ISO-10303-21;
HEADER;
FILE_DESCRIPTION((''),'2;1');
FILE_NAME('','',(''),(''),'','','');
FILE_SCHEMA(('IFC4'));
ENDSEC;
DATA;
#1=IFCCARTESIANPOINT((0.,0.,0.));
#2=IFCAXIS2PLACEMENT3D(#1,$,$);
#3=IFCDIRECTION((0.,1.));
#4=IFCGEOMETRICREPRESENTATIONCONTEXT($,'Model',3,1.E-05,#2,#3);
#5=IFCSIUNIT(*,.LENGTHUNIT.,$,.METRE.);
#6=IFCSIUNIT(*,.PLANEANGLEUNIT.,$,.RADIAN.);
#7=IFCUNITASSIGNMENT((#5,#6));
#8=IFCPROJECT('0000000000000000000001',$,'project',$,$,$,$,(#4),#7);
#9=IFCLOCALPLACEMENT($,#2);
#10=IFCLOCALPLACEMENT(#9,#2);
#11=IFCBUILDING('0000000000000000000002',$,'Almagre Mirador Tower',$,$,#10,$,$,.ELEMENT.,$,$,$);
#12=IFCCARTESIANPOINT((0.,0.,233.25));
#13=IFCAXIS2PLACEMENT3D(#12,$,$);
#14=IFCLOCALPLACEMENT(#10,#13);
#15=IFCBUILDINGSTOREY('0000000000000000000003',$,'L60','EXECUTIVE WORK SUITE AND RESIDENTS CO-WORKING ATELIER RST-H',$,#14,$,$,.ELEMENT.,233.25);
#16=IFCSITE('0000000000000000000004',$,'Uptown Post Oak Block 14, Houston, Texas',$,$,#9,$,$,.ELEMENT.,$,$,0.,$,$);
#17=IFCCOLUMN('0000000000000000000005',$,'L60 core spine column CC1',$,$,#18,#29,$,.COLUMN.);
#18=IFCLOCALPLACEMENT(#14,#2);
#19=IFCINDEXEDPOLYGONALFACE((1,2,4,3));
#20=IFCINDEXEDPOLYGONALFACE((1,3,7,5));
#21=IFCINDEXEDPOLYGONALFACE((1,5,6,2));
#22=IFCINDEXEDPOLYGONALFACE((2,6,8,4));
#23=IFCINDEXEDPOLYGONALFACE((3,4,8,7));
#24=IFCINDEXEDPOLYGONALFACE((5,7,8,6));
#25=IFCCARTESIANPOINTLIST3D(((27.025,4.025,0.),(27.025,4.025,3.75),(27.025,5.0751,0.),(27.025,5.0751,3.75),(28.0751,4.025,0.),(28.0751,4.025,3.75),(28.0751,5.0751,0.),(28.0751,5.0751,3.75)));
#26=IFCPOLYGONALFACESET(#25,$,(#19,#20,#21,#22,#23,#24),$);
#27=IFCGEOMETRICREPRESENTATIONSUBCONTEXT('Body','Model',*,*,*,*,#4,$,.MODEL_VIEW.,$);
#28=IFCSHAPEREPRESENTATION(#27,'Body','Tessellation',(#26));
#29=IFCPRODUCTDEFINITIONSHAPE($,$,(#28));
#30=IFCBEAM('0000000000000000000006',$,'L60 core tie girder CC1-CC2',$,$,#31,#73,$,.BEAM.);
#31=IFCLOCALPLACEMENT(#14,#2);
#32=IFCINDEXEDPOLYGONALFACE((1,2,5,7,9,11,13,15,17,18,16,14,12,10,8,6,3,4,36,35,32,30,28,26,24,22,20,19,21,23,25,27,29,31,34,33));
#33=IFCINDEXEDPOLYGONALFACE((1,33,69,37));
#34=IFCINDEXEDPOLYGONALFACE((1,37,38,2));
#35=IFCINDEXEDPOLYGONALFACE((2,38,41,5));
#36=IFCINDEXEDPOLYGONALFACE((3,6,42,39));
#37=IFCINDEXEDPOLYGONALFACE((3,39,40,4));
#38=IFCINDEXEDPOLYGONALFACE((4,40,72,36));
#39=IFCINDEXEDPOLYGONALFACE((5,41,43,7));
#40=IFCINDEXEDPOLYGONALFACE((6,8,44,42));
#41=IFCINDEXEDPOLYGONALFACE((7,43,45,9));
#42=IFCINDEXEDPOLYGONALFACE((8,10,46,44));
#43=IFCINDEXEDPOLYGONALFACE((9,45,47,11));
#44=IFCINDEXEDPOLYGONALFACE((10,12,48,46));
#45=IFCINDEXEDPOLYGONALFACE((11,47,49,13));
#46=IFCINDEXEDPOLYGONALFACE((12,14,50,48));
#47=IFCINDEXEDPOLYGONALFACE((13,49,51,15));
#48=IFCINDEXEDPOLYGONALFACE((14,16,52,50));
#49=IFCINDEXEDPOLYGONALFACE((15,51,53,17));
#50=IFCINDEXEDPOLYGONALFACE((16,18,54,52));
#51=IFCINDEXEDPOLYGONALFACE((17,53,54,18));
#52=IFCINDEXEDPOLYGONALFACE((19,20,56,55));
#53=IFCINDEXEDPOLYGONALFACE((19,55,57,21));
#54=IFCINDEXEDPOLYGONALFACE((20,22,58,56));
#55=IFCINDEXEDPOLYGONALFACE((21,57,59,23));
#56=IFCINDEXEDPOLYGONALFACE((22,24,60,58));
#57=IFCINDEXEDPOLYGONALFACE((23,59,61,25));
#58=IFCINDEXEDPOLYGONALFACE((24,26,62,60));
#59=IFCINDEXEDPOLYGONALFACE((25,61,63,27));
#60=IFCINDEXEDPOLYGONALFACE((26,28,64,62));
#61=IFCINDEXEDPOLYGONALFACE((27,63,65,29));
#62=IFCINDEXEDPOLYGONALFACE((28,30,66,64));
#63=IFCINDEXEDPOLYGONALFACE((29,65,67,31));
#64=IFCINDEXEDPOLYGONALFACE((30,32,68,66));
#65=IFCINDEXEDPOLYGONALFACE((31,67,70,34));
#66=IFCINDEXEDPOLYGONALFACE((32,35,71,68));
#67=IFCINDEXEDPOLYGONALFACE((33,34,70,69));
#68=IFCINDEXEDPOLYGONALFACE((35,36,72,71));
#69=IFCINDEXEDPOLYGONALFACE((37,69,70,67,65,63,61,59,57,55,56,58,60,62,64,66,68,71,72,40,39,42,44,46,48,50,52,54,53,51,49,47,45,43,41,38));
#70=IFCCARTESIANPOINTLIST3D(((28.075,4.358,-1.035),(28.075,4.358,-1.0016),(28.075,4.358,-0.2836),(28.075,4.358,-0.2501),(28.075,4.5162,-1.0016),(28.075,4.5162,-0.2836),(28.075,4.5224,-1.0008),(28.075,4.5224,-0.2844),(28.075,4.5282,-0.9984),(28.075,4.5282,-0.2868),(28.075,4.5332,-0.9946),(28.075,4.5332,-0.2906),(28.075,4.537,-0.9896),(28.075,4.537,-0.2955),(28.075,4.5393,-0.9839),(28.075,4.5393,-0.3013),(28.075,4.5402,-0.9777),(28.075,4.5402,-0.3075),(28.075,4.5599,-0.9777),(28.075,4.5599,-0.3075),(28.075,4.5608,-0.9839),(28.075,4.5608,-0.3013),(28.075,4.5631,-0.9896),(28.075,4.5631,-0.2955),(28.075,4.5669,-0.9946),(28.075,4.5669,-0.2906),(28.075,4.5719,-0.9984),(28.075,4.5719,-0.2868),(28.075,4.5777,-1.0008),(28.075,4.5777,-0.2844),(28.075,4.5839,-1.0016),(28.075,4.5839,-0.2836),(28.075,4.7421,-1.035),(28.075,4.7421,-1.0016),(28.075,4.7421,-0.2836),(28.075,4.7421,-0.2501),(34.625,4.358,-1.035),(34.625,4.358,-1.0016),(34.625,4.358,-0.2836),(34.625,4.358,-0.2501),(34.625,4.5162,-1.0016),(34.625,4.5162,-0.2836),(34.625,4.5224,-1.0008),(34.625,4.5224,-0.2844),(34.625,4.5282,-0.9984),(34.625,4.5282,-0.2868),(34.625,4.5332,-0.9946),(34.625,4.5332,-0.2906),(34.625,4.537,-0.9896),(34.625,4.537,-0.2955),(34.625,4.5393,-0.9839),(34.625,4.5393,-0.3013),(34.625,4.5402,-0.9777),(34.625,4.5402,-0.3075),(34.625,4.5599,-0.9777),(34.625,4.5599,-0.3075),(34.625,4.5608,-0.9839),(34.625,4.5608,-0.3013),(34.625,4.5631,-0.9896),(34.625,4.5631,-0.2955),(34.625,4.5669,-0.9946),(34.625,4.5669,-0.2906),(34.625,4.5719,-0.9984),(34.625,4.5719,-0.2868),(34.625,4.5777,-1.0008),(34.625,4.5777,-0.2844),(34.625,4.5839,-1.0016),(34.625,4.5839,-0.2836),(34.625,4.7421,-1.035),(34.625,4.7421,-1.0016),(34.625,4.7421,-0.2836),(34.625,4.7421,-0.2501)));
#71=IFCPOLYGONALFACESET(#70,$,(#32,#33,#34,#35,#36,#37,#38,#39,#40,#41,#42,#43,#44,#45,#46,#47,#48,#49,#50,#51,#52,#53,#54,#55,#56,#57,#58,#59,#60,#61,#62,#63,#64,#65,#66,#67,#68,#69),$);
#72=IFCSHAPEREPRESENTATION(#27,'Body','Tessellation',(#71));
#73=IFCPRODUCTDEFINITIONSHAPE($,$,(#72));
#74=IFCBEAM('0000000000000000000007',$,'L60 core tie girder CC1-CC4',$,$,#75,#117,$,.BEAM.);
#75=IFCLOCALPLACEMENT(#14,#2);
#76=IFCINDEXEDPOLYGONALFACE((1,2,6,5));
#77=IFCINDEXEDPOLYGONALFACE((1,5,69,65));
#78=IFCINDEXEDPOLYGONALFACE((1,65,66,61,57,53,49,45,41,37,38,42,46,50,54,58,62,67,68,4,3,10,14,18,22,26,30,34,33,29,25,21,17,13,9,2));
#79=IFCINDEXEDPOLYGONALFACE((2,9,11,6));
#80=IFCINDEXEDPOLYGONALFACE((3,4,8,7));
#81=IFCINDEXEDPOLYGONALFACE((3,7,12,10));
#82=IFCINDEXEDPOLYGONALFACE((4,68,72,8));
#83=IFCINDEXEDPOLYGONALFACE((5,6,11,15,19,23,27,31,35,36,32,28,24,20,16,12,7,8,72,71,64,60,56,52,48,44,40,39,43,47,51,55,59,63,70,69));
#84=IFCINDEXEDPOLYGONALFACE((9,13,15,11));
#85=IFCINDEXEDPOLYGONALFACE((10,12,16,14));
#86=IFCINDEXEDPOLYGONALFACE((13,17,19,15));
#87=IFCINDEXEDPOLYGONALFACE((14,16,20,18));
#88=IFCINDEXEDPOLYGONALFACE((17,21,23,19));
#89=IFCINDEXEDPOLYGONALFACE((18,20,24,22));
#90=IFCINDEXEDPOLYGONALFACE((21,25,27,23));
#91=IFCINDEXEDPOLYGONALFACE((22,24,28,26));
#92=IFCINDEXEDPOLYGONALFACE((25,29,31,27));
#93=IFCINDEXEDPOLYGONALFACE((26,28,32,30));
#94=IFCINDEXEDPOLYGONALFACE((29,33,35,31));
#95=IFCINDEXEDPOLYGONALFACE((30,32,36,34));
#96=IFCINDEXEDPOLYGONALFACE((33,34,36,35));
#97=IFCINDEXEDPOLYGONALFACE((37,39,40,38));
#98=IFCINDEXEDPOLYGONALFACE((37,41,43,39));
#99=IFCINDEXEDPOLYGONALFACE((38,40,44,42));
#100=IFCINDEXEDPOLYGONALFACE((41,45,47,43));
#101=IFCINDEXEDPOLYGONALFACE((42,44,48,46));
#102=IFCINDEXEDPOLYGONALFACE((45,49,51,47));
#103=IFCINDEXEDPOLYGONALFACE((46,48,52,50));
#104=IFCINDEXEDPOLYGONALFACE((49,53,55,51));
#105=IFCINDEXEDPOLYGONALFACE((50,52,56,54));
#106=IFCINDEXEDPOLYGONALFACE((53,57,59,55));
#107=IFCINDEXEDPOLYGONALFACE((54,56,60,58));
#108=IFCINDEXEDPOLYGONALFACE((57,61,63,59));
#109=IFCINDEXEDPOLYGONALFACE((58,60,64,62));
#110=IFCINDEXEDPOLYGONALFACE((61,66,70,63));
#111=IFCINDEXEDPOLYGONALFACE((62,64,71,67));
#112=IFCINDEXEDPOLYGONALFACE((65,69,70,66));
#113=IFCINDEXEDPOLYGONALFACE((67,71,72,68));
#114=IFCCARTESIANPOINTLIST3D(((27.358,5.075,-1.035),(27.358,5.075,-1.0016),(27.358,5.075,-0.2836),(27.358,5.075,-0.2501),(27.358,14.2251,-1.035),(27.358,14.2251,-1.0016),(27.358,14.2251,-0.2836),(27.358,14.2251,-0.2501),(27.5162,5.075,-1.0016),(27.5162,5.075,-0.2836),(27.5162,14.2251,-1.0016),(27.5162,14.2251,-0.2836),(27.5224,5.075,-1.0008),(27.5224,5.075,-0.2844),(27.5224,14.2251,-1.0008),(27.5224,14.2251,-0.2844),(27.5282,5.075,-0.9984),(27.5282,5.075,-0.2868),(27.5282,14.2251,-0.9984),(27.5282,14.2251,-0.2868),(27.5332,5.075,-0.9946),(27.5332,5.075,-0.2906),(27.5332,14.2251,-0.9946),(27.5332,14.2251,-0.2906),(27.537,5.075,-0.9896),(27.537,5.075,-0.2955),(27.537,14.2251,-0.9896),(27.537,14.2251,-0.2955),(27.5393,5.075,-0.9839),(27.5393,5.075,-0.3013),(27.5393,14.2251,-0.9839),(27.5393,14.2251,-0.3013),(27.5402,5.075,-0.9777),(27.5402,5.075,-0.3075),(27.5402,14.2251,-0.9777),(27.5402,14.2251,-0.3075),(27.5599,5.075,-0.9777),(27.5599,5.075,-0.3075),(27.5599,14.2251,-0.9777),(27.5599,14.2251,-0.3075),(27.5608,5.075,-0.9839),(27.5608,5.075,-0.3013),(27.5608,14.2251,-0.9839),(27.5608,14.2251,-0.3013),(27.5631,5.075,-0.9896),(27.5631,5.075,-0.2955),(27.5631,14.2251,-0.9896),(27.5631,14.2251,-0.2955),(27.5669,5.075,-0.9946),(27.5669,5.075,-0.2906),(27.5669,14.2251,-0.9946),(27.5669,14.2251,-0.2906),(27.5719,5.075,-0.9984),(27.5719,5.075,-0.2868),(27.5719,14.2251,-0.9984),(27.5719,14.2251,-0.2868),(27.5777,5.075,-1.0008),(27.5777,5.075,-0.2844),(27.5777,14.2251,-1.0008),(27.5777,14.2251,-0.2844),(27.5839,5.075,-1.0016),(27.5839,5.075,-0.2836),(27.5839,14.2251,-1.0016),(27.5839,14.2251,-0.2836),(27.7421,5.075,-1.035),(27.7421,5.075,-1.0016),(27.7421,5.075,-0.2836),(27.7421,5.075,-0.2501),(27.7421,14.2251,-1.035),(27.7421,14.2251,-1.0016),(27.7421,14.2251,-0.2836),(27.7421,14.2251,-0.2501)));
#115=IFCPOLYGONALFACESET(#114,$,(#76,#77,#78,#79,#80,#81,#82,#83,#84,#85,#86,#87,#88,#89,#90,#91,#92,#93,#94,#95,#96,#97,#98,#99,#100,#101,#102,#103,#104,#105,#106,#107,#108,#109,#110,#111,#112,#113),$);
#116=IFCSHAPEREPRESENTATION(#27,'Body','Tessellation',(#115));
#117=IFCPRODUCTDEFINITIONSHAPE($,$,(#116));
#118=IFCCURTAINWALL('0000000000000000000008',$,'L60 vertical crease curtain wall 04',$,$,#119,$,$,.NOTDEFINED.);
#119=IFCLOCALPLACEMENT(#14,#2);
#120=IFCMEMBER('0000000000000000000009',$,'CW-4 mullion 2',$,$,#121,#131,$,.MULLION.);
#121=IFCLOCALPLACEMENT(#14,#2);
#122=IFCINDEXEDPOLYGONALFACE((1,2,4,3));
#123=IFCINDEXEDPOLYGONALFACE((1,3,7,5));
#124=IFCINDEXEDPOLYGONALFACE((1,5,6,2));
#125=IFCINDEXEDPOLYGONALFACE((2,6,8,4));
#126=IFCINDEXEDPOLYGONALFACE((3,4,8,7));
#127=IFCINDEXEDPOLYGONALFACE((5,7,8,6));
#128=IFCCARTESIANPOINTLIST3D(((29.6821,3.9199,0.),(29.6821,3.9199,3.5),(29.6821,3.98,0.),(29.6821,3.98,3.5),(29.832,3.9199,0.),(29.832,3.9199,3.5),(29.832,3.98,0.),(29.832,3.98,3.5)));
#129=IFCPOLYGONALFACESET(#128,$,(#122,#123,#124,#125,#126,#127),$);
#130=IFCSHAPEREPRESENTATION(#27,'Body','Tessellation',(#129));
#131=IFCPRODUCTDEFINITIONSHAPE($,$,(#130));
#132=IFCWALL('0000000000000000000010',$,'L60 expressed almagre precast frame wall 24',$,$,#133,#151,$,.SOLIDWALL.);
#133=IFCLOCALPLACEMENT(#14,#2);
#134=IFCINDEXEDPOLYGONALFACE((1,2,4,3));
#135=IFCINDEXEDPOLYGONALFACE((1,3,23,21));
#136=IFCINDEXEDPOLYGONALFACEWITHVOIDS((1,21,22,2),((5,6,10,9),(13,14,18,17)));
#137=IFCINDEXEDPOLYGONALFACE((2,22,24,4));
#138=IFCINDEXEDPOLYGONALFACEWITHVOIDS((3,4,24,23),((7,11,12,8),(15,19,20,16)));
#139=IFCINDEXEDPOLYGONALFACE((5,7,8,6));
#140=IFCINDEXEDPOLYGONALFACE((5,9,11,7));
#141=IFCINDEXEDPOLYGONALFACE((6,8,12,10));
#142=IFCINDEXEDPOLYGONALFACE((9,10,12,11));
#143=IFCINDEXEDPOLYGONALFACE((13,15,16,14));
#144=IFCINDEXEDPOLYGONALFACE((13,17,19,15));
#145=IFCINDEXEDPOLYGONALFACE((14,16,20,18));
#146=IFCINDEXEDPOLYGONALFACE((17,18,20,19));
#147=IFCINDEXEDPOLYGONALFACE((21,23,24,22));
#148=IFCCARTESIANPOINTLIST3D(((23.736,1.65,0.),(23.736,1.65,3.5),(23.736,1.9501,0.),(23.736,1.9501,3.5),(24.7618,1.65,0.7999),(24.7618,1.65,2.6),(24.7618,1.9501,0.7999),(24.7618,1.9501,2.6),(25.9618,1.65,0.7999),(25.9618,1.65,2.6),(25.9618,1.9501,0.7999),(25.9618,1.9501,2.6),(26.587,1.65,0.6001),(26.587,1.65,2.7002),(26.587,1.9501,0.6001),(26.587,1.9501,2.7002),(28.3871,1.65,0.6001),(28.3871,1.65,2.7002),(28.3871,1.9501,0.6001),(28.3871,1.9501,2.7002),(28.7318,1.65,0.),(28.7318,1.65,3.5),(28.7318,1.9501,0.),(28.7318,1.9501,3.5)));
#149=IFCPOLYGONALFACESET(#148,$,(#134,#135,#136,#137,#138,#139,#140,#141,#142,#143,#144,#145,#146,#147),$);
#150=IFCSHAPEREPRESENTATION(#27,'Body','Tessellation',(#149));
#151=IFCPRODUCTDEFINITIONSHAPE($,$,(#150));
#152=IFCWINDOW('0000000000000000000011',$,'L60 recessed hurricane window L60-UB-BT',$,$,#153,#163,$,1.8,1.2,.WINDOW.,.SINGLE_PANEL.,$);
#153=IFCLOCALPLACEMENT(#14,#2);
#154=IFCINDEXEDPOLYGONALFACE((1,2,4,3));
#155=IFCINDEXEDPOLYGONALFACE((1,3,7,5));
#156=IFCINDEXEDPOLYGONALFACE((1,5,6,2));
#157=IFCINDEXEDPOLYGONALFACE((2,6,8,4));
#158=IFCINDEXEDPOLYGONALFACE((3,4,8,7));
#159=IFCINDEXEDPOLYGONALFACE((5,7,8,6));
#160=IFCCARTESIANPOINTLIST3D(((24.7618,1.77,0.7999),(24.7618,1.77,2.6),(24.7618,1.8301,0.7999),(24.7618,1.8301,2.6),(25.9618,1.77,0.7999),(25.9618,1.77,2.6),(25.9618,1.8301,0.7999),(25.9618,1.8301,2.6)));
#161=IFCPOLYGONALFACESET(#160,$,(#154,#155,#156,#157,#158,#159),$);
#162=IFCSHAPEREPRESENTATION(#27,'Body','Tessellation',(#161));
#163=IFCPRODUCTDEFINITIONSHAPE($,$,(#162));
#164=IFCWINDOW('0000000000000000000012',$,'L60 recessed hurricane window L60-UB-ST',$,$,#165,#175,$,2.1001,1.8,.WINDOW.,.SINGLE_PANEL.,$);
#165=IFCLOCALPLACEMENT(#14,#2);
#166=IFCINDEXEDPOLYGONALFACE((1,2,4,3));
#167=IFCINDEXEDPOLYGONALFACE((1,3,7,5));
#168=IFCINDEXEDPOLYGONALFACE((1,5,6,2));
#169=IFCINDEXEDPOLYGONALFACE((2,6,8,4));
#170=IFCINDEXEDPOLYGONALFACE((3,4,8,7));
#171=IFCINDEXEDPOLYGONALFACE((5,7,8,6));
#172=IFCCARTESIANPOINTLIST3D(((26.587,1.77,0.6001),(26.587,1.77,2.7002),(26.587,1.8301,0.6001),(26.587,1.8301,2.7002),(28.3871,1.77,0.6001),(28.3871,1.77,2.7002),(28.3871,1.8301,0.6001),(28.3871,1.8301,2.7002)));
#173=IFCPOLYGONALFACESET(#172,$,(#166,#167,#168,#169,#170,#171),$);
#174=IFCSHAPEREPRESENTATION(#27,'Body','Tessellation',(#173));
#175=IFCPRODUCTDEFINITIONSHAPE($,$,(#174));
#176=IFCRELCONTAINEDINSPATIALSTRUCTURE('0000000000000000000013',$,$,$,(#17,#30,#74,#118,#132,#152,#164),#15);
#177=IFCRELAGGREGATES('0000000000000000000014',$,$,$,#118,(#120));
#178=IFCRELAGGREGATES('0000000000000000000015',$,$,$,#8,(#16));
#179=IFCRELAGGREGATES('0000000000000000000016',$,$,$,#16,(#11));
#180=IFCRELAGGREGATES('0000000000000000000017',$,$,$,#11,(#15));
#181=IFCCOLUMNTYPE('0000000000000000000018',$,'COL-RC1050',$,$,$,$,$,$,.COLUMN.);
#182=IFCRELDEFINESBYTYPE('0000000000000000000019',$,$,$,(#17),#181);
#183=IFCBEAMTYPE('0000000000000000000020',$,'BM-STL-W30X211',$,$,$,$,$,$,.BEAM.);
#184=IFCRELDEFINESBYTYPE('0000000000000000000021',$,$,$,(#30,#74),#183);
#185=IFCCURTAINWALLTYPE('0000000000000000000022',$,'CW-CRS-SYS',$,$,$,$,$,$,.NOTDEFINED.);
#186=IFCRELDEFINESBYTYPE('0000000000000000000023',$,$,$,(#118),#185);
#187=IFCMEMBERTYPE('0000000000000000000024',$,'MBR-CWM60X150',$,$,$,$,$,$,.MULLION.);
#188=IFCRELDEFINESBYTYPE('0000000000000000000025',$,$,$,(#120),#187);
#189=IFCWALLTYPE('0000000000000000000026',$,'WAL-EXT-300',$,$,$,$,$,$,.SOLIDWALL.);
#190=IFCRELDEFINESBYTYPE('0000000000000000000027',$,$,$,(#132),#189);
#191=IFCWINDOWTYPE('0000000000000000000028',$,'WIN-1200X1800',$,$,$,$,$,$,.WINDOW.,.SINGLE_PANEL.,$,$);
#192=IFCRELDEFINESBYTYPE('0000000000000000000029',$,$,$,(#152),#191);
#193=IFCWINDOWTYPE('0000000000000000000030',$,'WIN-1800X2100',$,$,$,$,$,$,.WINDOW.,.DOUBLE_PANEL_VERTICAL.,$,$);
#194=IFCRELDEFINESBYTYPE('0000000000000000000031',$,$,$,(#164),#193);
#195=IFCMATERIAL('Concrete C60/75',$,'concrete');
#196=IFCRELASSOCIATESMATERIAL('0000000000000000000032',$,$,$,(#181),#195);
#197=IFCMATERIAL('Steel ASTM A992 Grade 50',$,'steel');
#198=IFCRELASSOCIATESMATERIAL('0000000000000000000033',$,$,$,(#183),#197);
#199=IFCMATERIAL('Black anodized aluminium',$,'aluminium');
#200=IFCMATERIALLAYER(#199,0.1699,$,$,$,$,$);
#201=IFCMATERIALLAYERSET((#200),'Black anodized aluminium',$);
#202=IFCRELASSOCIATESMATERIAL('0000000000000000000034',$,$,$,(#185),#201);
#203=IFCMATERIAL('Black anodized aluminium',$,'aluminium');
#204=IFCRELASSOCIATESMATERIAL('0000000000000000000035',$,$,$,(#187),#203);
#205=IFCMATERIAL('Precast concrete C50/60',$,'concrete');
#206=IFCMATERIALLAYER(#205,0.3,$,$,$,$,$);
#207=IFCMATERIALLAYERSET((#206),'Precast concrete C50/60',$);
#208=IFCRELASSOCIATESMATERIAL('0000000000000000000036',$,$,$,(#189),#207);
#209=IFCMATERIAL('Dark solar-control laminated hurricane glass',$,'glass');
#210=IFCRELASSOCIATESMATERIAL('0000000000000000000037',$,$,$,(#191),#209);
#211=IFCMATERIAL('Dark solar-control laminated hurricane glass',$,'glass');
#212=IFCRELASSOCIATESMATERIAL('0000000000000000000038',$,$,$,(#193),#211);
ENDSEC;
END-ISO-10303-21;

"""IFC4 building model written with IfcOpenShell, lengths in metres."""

from ifc_helpers import new_model, si_unit, direction, frame, frame_2d, origin, origin_2d, place, context, subcontext, project, spatial, rectangle, i_section, extrude, material, layer, layer_set, material_profile, profile_set, type_object, element, fill, aggregate, save


model = new_model("IFC4")

# Units and contexts
model_context = context("Model", 3, precision=1e-05, world=origin(), true_north=direction((0.0, 1.0)))
body_context = subcontext(model_context, "Body", "Model", "MODEL_VIEW")
ifc_project = project(units=[si_unit("LENGTHUNIT", "METRE"), si_unit("PLANEANGLEUNIT", "RADIAN")], contexts=[model_context])

# Site, building, storey
site_placement = place(None, origin())
site = spatial("IfcSite", under=ifc_project, at=site_placement, Name="Uptown Post Oak Block 14, Houston, Texas", CompositionType="ELEMENT", RefElevation=0.0)
building_placement = place(site_placement, origin())
building = spatial("IfcBuilding", under=site, at=building_placement, Name="Almagre Mirador Tower", CompositionType="ELEMENT")
storey_placement = place(building_placement, frame((0.0, 0.0, 233.25)))
storey = spatial("IfcBuildingStorey", under=building, at=storey_placement, Name="L60", Description="EXECUTIVE WORK SUITE AND RESIDENTS CO-WORKING ATELIER RST-H", CompositionType="ELEMENT", Elevation=233.25)

# Column
ifc_material_1 = material(Name="Concrete C60/75", Category="concrete")
ifc_material_profile_1 = material_profile(ifc_material_1, rectangle(XDim=1.05, YDim=1.05, at=origin_2d()), Name="RC1050X1050")
ifc_profile_set_1 = profile_set([ifc_material_profile_1], Name="Concrete C60/75")
column_type = type_object("IfcColumnType", Name="COL-RC1050", PredefinedType="COLUMN", material=ifc_profile_set_1)
column_placement = place(storey_placement, frame((27.55, 4.55, 0.0), z_axis=(0.0, 0.0, 1.0), x_axis=(1.0, 0.0, 0.0)))
element("IfcColumn", 1, at=column_placement, inside=storey, type_object=column_type, Name="L60 core spine column CC1", PredefinedType="COLUMN", context=body_context, shape_type="SweptSolid", body=[
    extrude(rectangle(XDim=1.05, YDim=1.05, at=origin_2d()), origin(), (0.0, 0.0, 1.0), 3.75),
])

# Beams
ifc_material_2 = material(Name="Steel ASTM A992 Grade 50", Category="steel")
ifc_material_profile_2 = material_profile(ifc_material_2, i_section(OverallWidth=0.384, OverallDepth=0.7849, WebThickness=0.0198, FlangeThickness=0.0334, FilletRadius=0.0239, at=origin_2d()), Name="W30X211")
ifc_profile_set_2 = profile_set([ifc_material_profile_2], Name="Steel ASTM A992 Grade 50")
beam_type = type_object("IfcBeamType", Name="BM-STL-W30X211", PredefinedType="BEAM", material=ifc_profile_set_2)
beam_1_placement = place(storey_placement, frame((28.075, 4.55, -0.6426), z_axis=(1.0, 0.0, 0.0), x_axis=(0.0, 1.0, 0.0)))
element("IfcBeam", 2, at=beam_1_placement, inside=storey, type_object=beam_type, Name="L60 core tie girder CC1-CC2", PredefinedType="BEAM", context=body_context, shape_type="SweptSolid", body=[
    extrude(i_section(OverallWidth=0.384, OverallDepth=0.7849, WebThickness=0.0198, FlangeThickness=0.0334, FilletRadius=0.0239, at=origin_2d()), origin(), (0.0, 0.0, 1.0), 6.55),
])
beam_2_placement = place(storey_placement, frame((27.55, 5.075, -0.6426), z_axis=(0.0, 1.0, 0.0), x_axis=(-1.0, 0.0, 0.0)))
element("IfcBeam", 3, at=beam_2_placement, inside=storey, type_object=beam_type, Name="L60 core tie girder CC1-CC4", PredefinedType="BEAM", context=body_context, shape_type="SweptSolid", body=[
    extrude(i_section(OverallWidth=0.384, OverallDepth=0.7849, WebThickness=0.0198, FlangeThickness=0.0334, FilletRadius=0.0239, at=origin_2d()), origin(), (0.0, 0.0, 1.0), 9.1501),
])

# Curtain wall, member
ifc_material_3 = material(Name="Black anodized aluminium", Category="aluminium")
ifc_layer_1 = layer(ifc_material_3, 0.1699)
ifc_layer_set_1 = layer_set([ifc_layer_1], Name="Black anodized aluminium")
curtain_wall_type = type_object("IfcCurtainWallType", Name="CW-CRS-SYS", PredefinedType="NOTDEFINED", material=ifc_layer_set_1)
curtain_wall_placement = place(storey_placement, origin())
curtain_wall = element("IfcCurtainWall", 4, at=curtain_wall_placement, inside=storey, type_object=curtain_wall_type, Name="L60 vertical crease curtain wall 04", PredefinedType="NOTDEFINED")
ifc_material_4 = material(Name="Black anodized aluminium", Category="aluminium")
ifc_material_profile_3 = material_profile(ifc_material_4, rectangle(XDim=0.0601, YDim=0.1499, at=origin_2d()), Name="CWM60X150")
ifc_profile_set_3 = profile_set([ifc_material_profile_3], Name="Black anodized aluminium")
member_type = type_object("IfcMemberType", Name="MBR-CWM60X150", PredefinedType="MULLION", material=ifc_profile_set_3)
member_placement = place(storey_placement, frame((29.7571, 3.95, 0.0), z_axis=(0.0, 0.0, 1.0), x_axis=(0.0, -1.0, 0.0)))
member = element("IfcMember", 5, at=member_placement, type_object=member_type, Name="CW-4 mullion 2", PredefinedType="MULLION", context=body_context, shape_type="SweptSolid", body=[
    extrude(rectangle(XDim=0.0601, YDim=0.1499, at=origin_2d()), origin(), (0.0, 0.0, 1.0), 3.5),
])
aggregate(curtain_wall, [member])

# Wall, openings, windows
ifc_material_5 = material(Name="Precast concrete C50/60", Category="concrete")
ifc_layer_2 = layer(ifc_material_5, 0.3)
ifc_layer_set_2 = layer_set([ifc_layer_2], Name="Precast concrete C50/60")
wall_type_1 = type_object("IfcWallType", Name="WAL-EXT-300", PredefinedType="SOLIDWALL", material=ifc_layer_set_2)
wall_1_placement = place(storey_placement, frame((28.7319, 1.8, 0.0), z_axis=(0.0, 0.0, 1.0), x_axis=(-1.0, 0.0, 0.0)))
wall_1 = element("IfcWall", 6, at=wall_1_placement, inside=storey, type_object=wall_type_1, Name="L60 expressed almagre precast frame wall 24", PredefinedType="SOLIDWALL", context=body_context, shape_type="SweptSolid", body=[
    extrude(rectangle(XDim=4.9958, YDim=0.3, at=frame_2d((2.498, 0.0))), origin(), (0.0, 0.0, 1.0), 3.5),
])
opening_1_placement = place(wall_1_placement, frame((0.345, 0.0, 0.6001)))
opening_1 = element("IfcOpeningElement", 7, at=opening_1_placement, cuts=wall_1, PredefinedType="OPENING", context=body_context, shape_type="SweptSolid", body=[
    extrude(rectangle(XDim=1.8, YDim=2.1001, at=frame_2d((0.8999, 1.05))), frame((0.0, 0.1599, 0.0), z_axis=(0.0, -1.0, 0.0), x_axis=(1.0, 0.0, 0.0)), (0.0, 0.0, 1.0), 0.32),
])
opening_2_placement = place(wall_1_placement, frame((2.77, 0.0, 0.8)))
opening_2 = element("IfcOpeningElement", 8, at=opening_2_placement, cuts=wall_1, PredefinedType="OPENING", context=body_context, shape_type="SweptSolid", body=[
    extrude(rectangle(XDim=1.2, YDim=1.8, at=frame_2d((0.6001, 0.8999))), frame((0.0, 0.1599, 0.0), z_axis=(0.0, -1.0, 0.0), x_axis=(1.0, 0.0, 0.0)), (0.0, 0.0, 1.0), 0.32),
])
ifc_material_6 = material(Name="Dark solar-control laminated hurricane glass", Category="glass")
window_type_1 = type_object("IfcWindowType", Name="WIN-1200X1800", PartitioningType="SINGLE_PANEL", PredefinedType="WINDOW", material=ifc_material_6)
window_1_placement = place(opening_2_placement, origin())
window_1 = element("IfcWindow", 9, at=window_1_placement, inside=storey, type_object=window_type_1, Name="L60 recessed hurricane window L60-UB-BT", OverallHeight=1.8, OverallWidth=1.2, PartitioningType="SINGLE_PANEL", PredefinedType="WINDOW", context=body_context, shape_type="SweptSolid", body=[
    extrude(rectangle(XDim=1.2, YDim=1.8, at=frame_2d((0.6001, 0.8999))), frame((0.0, 0.03, 0.0), z_axis=(0.0, -1.0, 0.0), x_axis=(1.0, 0.0, 0.0)), (0.0, 0.0, 1.0), 0.0601),
])
fill(opening_2, window_1)
ifc_material_7 = material(Name="Dark solar-control laminated hurricane glass", Category="glass")
window_type_2 = type_object("IfcWindowType", Name="WIN-1800X2100", PartitioningType="DOUBLE_PANEL_VERTICAL", PredefinedType="WINDOW", material=ifc_material_7)
window_2_placement = place(opening_1_placement, origin())
window_2 = element("IfcWindow", 10, at=window_2_placement, inside=storey, type_object=window_type_2, Name="L60 recessed hurricane window L60-UB-ST", OverallHeight=2.1001, OverallWidth=1.8, PartitioningType="SINGLE_PANEL", PredefinedType="WINDOW", context=body_context, shape_type="SweptSolid", body=[
    extrude(rectangle(XDim=1.8, YDim=2.1001, at=frame_2d((0.8999, 1.05))), frame((0.0, 0.03, 0.0), z_axis=(0.0, -1.0, 0.0), x_axis=(1.0, 0.0, 0.0)), (0.0, 0.0, 1.0), 0.0601),
])
fill(opening_1, window_2)

save(model, "model.ifc")
